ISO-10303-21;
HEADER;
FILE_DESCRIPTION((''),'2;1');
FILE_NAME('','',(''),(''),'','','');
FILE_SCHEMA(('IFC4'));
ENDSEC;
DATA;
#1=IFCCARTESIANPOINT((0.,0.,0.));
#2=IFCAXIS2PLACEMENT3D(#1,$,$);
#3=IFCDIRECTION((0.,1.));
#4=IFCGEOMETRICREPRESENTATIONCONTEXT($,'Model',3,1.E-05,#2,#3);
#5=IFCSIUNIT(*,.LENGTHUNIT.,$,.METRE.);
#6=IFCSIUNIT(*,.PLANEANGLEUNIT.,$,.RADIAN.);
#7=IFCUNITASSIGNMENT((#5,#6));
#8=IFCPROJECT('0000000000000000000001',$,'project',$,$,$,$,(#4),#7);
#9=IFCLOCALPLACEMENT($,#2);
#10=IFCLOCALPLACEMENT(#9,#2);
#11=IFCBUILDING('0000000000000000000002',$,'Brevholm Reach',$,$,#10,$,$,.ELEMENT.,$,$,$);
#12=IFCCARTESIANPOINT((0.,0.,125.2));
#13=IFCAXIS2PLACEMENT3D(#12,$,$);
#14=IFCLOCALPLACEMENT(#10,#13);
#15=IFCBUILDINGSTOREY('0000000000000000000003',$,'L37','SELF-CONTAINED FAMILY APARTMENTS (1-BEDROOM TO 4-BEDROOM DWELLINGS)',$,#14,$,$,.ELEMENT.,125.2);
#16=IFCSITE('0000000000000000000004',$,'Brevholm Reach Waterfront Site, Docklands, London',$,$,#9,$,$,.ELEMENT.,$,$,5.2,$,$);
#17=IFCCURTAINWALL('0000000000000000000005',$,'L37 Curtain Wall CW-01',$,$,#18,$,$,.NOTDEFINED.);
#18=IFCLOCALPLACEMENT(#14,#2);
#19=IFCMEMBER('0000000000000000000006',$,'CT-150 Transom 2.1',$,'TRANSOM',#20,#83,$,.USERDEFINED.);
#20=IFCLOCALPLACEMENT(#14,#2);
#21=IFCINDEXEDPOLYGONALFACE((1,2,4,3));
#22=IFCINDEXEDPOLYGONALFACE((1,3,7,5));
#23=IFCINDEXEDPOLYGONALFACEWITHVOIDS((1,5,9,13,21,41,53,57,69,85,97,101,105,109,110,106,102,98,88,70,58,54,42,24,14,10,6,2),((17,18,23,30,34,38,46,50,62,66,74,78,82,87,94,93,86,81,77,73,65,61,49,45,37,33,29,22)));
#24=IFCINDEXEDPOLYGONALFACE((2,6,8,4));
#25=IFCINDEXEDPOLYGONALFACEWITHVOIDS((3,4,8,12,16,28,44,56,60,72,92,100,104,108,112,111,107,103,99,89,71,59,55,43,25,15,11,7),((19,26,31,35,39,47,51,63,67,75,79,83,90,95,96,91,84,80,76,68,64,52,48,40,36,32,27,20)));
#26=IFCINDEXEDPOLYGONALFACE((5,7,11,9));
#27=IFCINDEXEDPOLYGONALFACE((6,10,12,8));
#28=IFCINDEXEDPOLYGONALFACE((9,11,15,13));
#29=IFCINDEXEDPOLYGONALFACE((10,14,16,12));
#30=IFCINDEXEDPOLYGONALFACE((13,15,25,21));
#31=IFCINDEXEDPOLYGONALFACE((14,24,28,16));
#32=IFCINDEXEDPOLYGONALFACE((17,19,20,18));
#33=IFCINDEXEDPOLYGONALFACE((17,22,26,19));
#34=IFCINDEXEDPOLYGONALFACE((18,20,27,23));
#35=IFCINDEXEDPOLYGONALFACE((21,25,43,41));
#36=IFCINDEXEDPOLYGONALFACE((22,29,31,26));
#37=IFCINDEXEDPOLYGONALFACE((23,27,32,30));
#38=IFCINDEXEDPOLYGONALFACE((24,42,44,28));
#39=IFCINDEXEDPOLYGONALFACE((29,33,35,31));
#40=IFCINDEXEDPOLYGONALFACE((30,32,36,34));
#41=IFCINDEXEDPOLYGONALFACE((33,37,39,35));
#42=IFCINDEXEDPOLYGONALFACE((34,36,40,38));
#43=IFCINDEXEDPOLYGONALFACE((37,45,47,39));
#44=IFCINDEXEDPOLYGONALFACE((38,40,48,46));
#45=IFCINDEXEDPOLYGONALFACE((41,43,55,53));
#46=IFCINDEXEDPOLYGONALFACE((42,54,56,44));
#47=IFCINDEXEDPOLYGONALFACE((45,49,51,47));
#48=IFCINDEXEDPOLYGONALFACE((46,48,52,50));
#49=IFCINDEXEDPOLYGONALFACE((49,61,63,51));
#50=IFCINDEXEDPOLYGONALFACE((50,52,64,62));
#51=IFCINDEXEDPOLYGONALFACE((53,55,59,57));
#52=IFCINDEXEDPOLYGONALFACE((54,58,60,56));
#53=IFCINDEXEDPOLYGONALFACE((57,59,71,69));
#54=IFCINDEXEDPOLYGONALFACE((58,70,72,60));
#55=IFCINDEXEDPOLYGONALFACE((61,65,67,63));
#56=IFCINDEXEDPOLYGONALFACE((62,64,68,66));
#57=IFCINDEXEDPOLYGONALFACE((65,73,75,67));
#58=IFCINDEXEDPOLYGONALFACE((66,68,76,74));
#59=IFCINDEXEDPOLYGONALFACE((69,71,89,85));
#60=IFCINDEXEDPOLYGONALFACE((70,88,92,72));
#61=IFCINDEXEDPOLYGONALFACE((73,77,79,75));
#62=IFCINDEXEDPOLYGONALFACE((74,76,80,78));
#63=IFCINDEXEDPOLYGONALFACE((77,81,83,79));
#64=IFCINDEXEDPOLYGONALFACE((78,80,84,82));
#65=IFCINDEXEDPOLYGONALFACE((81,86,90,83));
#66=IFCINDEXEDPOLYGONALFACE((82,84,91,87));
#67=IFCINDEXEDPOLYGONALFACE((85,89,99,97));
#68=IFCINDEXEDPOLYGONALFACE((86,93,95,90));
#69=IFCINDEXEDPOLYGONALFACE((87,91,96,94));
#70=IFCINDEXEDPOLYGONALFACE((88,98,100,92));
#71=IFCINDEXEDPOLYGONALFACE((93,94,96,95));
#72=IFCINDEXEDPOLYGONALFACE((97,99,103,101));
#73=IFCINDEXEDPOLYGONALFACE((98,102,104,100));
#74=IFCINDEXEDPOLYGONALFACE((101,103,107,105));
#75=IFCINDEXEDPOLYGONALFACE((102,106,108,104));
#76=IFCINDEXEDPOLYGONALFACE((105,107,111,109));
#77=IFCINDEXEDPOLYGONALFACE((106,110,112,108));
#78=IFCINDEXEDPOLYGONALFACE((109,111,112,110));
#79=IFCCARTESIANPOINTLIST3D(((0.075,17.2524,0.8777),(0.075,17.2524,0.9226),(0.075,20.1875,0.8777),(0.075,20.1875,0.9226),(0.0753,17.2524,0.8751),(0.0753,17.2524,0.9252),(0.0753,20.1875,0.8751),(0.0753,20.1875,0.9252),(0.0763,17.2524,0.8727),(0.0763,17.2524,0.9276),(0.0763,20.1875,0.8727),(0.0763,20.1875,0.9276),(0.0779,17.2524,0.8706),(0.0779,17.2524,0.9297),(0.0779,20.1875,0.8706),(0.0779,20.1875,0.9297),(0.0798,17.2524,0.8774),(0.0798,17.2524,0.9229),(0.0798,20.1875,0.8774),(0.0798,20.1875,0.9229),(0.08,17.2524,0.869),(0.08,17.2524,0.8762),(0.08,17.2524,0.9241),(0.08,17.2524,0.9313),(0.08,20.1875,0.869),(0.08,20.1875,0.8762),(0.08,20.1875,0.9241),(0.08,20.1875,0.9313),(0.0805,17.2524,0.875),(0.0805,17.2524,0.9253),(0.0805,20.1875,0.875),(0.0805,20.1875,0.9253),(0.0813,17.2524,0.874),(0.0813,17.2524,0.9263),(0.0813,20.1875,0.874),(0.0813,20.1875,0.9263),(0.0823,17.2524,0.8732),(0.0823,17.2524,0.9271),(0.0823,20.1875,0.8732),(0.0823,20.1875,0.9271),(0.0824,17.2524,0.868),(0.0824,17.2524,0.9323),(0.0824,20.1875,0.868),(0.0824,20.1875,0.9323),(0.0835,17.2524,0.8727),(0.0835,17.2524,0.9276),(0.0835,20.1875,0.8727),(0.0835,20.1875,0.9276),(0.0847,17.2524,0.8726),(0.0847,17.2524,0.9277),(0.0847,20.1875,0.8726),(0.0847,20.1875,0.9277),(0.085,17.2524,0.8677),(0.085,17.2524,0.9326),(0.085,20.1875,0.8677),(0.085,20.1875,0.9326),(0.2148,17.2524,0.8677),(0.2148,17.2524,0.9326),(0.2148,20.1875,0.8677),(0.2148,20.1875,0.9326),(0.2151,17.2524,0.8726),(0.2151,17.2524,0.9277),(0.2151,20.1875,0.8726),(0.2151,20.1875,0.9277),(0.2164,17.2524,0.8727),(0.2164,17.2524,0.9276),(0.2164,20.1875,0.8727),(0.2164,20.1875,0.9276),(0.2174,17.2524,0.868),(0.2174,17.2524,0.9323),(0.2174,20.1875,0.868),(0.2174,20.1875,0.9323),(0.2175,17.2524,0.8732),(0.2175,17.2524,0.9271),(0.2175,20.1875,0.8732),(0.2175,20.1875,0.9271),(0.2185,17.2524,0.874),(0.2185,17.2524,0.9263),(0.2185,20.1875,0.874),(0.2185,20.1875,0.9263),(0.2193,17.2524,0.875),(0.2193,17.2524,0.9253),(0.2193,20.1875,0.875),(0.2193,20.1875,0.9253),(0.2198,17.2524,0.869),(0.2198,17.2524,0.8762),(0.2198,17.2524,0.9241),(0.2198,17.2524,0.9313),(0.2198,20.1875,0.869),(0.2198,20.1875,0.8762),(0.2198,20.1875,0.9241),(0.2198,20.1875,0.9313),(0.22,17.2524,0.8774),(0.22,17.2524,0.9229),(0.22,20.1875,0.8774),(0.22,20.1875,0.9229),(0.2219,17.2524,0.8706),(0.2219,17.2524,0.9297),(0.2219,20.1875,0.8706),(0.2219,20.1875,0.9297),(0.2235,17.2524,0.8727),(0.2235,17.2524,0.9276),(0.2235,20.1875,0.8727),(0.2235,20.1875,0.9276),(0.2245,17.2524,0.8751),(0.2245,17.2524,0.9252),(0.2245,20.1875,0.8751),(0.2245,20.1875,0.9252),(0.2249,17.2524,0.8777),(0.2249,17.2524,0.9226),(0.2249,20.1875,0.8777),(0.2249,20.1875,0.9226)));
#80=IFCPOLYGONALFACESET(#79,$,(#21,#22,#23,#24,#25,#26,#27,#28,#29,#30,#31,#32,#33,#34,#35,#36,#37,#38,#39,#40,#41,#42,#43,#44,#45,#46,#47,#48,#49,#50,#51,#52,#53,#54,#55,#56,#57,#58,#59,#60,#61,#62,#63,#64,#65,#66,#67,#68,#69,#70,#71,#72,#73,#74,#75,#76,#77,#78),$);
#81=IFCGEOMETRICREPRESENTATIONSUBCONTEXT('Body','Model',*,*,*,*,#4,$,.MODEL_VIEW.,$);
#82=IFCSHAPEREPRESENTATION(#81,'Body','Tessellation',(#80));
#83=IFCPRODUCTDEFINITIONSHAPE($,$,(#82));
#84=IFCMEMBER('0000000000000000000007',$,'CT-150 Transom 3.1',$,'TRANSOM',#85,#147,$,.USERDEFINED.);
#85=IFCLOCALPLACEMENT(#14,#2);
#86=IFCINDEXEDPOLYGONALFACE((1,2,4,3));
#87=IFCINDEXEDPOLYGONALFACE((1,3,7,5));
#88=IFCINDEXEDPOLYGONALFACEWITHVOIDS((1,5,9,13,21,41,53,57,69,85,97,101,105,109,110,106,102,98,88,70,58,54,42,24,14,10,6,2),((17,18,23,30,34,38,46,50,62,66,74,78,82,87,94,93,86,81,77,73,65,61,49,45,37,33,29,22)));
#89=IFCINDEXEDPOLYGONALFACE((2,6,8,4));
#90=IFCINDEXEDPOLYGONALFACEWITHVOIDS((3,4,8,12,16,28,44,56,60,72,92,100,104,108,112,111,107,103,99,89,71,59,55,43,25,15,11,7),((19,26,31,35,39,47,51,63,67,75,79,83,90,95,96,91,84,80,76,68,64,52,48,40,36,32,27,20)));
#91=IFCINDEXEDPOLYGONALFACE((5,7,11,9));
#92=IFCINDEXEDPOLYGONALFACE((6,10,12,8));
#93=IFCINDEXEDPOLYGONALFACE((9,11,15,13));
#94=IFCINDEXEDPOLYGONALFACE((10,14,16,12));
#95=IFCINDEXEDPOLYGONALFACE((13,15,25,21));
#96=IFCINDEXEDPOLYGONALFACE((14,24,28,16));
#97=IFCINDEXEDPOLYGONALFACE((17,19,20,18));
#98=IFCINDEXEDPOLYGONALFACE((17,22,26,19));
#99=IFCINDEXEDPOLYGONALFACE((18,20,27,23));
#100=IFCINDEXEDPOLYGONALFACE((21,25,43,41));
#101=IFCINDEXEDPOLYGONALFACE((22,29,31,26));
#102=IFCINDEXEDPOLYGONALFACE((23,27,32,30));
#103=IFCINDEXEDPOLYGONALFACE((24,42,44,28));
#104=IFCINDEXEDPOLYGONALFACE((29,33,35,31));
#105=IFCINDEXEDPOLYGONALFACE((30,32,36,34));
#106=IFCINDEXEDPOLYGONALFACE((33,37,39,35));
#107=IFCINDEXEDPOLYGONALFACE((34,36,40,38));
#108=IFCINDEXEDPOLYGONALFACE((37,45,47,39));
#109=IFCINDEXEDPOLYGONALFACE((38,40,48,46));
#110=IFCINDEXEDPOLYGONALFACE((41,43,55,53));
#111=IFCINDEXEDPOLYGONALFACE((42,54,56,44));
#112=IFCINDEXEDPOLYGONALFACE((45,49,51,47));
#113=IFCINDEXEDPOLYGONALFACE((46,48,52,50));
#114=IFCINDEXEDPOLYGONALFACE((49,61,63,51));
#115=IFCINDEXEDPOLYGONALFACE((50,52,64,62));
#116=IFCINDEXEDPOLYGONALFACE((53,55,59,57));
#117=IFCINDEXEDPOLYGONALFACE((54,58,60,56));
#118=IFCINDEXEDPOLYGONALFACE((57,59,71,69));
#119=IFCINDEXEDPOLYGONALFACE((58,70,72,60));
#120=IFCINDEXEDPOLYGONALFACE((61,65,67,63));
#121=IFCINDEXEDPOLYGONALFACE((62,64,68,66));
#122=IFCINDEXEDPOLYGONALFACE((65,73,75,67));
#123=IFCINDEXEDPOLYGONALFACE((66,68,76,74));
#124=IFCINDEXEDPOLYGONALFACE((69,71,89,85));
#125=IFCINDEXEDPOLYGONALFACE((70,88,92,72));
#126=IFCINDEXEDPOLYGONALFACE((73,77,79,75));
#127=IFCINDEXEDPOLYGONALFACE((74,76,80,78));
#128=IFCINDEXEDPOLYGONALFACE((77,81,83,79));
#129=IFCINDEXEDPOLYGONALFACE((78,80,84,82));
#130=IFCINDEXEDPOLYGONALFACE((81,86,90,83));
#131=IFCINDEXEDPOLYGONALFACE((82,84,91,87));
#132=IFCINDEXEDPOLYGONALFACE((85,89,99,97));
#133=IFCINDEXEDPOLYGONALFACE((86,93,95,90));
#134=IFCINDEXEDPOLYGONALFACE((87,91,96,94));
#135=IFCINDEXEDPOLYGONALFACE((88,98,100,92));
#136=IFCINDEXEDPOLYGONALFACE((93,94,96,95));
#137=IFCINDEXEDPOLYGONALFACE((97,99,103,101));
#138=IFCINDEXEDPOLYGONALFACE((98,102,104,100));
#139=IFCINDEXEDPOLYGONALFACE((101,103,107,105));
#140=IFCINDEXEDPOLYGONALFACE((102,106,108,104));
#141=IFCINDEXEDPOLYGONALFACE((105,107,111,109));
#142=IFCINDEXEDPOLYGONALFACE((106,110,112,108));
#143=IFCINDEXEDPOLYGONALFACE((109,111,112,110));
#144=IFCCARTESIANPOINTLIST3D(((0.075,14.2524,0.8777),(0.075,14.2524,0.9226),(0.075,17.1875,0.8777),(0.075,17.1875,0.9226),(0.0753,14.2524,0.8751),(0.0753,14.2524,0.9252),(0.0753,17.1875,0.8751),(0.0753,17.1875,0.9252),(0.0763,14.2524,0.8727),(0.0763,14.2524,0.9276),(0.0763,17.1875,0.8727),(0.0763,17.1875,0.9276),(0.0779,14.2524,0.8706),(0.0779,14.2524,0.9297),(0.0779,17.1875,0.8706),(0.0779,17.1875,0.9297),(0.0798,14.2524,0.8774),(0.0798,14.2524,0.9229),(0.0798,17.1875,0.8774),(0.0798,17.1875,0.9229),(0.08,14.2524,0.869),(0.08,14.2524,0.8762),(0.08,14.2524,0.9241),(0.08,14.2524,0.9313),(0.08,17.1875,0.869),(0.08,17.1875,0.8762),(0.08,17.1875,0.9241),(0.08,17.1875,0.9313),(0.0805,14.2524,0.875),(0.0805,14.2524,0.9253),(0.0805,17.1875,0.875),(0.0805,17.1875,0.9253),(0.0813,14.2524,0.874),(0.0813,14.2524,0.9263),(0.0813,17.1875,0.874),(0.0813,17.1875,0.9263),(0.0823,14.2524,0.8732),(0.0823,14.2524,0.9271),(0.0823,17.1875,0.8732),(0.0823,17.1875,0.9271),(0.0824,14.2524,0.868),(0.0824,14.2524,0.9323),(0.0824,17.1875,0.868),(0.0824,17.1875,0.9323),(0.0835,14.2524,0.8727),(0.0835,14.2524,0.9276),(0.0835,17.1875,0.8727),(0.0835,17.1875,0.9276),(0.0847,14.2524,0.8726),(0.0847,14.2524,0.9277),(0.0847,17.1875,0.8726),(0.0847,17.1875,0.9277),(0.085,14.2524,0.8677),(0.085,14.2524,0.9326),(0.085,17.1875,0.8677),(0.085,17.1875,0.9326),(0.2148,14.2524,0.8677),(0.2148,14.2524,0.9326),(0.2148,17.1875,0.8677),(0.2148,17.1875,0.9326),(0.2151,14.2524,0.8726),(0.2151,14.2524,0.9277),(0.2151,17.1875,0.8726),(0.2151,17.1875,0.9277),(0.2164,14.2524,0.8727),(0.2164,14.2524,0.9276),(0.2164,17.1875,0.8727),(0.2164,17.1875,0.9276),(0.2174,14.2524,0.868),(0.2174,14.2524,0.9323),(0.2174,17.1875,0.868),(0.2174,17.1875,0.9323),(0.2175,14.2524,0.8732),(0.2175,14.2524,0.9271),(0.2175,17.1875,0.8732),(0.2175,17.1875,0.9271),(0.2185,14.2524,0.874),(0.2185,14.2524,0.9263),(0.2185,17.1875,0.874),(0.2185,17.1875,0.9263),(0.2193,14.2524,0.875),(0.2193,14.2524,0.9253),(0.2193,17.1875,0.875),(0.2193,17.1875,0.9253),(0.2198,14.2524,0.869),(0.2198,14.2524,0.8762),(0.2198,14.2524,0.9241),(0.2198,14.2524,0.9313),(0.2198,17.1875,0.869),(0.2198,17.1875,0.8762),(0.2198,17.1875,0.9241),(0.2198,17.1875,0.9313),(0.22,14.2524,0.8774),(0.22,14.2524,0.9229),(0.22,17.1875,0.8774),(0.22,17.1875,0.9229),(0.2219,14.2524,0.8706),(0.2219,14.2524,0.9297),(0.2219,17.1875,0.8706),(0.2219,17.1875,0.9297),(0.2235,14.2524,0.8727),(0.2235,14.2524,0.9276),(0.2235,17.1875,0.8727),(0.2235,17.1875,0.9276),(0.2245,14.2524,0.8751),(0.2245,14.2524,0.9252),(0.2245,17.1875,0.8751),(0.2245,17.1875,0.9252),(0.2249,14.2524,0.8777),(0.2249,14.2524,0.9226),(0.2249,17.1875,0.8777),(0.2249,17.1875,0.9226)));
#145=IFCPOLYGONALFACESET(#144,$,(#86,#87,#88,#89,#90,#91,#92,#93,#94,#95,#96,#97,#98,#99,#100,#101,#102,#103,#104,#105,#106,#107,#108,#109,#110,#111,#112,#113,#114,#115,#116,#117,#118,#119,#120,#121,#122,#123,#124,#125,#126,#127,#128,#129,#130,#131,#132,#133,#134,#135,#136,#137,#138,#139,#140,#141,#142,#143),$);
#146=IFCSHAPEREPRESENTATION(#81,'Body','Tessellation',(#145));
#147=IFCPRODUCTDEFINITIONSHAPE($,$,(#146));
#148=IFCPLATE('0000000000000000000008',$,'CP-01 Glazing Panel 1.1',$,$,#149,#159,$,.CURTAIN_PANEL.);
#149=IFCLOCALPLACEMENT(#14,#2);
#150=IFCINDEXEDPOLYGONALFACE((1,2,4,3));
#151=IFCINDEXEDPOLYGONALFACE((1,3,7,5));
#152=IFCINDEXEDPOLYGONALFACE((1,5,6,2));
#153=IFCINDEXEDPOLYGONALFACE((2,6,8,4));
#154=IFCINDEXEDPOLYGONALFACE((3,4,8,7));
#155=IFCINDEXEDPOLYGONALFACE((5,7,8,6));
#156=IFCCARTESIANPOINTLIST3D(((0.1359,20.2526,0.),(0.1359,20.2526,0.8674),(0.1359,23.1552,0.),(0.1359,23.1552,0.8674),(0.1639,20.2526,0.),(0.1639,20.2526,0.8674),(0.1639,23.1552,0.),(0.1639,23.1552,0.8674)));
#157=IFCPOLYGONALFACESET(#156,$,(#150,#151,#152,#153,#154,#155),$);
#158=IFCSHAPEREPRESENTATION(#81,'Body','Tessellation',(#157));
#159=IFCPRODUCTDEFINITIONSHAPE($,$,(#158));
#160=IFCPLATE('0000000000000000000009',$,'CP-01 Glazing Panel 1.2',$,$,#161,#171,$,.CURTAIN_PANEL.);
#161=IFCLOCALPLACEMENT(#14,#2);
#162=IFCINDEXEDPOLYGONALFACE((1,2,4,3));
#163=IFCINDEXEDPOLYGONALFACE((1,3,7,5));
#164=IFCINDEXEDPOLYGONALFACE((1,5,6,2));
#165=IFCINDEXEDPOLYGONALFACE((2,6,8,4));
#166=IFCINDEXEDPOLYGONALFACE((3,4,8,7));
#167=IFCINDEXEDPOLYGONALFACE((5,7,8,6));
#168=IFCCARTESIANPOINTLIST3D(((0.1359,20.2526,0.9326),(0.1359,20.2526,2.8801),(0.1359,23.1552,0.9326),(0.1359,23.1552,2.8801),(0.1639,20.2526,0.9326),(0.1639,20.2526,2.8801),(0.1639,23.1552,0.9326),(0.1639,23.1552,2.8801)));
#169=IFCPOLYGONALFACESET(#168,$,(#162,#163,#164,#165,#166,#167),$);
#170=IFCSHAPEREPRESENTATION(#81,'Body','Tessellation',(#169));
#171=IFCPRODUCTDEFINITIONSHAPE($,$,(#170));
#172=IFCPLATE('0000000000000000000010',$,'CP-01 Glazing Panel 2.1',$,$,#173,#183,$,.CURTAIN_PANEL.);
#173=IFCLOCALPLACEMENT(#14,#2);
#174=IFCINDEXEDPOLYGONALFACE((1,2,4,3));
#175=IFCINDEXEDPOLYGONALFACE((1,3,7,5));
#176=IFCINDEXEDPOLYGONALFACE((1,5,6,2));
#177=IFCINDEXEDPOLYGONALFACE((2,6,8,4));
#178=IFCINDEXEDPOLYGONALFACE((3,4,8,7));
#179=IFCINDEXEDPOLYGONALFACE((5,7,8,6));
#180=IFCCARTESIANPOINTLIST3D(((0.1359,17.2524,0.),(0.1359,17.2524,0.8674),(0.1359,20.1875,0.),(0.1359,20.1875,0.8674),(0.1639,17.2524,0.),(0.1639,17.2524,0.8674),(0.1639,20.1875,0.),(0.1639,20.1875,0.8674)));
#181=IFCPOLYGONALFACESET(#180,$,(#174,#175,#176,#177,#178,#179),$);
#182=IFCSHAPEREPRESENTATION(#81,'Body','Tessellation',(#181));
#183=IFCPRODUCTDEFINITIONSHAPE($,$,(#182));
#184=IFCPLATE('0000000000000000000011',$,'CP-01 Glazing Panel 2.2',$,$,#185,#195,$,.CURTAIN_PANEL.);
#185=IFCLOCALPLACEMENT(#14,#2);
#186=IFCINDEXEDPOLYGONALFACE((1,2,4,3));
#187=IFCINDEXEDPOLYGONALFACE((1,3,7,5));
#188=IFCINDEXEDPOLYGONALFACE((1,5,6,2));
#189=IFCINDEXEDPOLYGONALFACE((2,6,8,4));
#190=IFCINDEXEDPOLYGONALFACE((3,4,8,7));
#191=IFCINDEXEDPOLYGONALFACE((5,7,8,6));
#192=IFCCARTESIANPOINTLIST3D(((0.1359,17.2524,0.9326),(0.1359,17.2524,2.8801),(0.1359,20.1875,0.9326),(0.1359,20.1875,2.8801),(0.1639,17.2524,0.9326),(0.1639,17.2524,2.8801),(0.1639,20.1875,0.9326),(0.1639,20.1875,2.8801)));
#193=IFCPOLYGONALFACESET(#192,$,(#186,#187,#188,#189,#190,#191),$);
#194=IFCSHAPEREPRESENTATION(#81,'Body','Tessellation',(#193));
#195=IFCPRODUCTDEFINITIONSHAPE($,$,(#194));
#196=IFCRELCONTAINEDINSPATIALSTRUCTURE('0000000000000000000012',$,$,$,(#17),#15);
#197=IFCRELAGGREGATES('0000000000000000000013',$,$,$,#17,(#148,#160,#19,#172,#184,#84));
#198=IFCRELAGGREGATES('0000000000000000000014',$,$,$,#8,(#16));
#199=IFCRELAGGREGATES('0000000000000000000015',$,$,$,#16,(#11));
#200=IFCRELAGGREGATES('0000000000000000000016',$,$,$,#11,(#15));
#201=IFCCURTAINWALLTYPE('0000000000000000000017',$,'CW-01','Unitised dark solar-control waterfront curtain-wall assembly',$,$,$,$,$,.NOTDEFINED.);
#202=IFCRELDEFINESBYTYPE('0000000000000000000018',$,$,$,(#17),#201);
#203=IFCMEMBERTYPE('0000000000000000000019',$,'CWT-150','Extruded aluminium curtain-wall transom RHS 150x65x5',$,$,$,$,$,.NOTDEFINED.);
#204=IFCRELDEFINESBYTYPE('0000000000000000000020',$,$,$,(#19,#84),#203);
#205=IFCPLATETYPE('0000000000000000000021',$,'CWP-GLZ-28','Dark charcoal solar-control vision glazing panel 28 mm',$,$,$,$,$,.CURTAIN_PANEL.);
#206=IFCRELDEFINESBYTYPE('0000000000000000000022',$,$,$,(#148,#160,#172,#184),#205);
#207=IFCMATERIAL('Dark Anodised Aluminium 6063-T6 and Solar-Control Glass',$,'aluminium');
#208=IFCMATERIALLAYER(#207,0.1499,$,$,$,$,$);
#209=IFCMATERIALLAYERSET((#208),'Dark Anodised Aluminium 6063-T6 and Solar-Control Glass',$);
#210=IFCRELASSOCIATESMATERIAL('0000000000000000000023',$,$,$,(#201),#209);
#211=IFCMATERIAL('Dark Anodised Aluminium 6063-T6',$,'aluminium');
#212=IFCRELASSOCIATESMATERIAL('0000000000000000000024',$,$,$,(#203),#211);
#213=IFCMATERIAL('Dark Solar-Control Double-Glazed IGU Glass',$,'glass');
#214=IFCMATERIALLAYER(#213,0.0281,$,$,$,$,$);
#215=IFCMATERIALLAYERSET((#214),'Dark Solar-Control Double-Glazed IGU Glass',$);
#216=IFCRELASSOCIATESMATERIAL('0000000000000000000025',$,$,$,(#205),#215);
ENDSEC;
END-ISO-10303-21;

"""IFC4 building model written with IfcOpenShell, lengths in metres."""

from ifc_helpers import new_model, si_unit, direction, frame, origin, origin_2d, place, context, subcontext, project, spatial, rectangle, hollow_rectangle, extrude, material, layer, layer_set, material_profile, profile_set, type_object, element, aggregate, save


model = new_model("IFC4")

# Units and contexts
model_context = context("Model", 3, precision=1e-05, world=origin(), true_north=direction((0.0, 1.0)))
body_context = subcontext(model_context, "Body", "Model", "MODEL_VIEW")
ifc_project = project(units=[si_unit("LENGTHUNIT", "METRE"), si_unit("PLANEANGLEUNIT", "RADIAN")], contexts=[model_context])

# Site, building, storey
site_placement = place(None, origin())
site = spatial("IfcSite", under=ifc_project, at=site_placement, Name="Brevholm Reach Waterfront Site, Docklands, London", CompositionType="ELEMENT", RefElevation=5.2)
building_placement = place(site_placement, origin())
building = spatial("IfcBuilding", under=site, at=building_placement, Name="Brevholm Reach", CompositionType="ELEMENT")
storey_placement = place(building_placement, frame((0.0, 0.0, 125.2)))
storey = spatial("IfcBuildingStorey", under=building, at=storey_placement, Name="L37", Description="SELF-CONTAINED FAMILY APARTMENTS (1-BEDROOM TO 4-BEDROOM DWELLINGS)", CompositionType="ELEMENT", Elevation=125.2)

# Curtain wall, members, plates
ifc_material_1 = material(Name="Dark Anodised Aluminium 6063-T6 and Solar-Control Glass", Category="aluminium")
ifc_layer_1 = layer(ifc_material_1, 0.1499)
ifc_layer_set_1 = layer_set([ifc_layer_1], Name="Dark Anodised Aluminium 6063-T6 and Solar-Control Glass")
curtain_wall_type = type_object("IfcCurtainWallType", Name="CW-01", Description="Unitised dark solar-control waterfront curtain-wall assembly", PredefinedType="NOTDEFINED", material=ifc_layer_set_1)
curtain_wall_placement = place(storey_placement, origin())
curtain_wall = element("IfcCurtainWall", 1, at=curtain_wall_placement, inside=storey, type_object=curtain_wall_type, Name="L37 Curtain Wall CW-01", PredefinedType="NOTDEFINED")
ifc_material_2 = material(Name="Dark Anodised Aluminium 6063-T6", Category="aluminium")
ifc_material_profile_1 = material_profile(ifc_material_2, hollow_rectangle(XDim=0.0649, YDim=0.1499, WallThickness=0.0049, InnerFilletRadius=0.0049, OuterFilletRadius=0.01, at=origin_2d()), Name="RHS 150x65x5")
ifc_profile_set_1 = profile_set([ifc_material_profile_1], Name="Dark Anodised Aluminium 6063-T6")
member_type_1 = type_object("IfcMemberType", Name="CWT-150", Description="Extruded aluminium curtain-wall transom RHS 150x65x5", PredefinedType="NOTDEFINED", material=ifc_profile_set_1)
member_1_placement = place(storey_placement, frame((0.1499, 20.1875, 0.9001), z_axis=(0.0, -1.0, 0.0), x_axis=(0.0, 0.0, 1.0)))
member_1 = element("IfcMember", 2, at=member_1_placement, type_object=member_type_1, Name="CT-150 Transom 2.1", ObjectType="TRANSOM", PredefinedType="USERDEFINED", context=body_context, shape_type="SweptSolid", body=[
    extrude(hollow_rectangle(XDim=0.0649, YDim=0.1499, WallThickness=0.0049, InnerFilletRadius=0.0049, OuterFilletRadius=0.01, at=origin_2d()), origin(), (0.0, 0.0, 1.0), 2.9351),
])
member_2_placement = place(storey_placement, frame((0.1499, 17.1875, 0.9001), z_axis=(0.0, -1.0, 0.0), x_axis=(0.0, 0.0, 1.0)))
member_2 = element("IfcMember", 3, at=member_2_placement, type_object=member_type_1, Name="CT-150 Transom 3.1", ObjectType="TRANSOM", PredefinedType="USERDEFINED", context=body_context, shape_type="SweptSolid", body=[
    extrude(hollow_rectangle(XDim=0.0649, YDim=0.1499, WallThickness=0.0049, InnerFilletRadius=0.0049, OuterFilletRadius=0.01, at=origin_2d()), origin(), (0.0, 0.0, 1.0), 2.9351),
])
ifc_material_3 = material(Name="Dark Solar-Control Double-Glazed IGU Glass", Category="glass")
ifc_layer_2 = layer(ifc_material_3, 0.0281)
ifc_layer_set_2 = layer_set([ifc_layer_2], Name="Dark Solar-Control Double-Glazed IGU Glass")
plate_type = type_object("IfcPlateType", Name="CWP-GLZ-28", Description="Dark charcoal solar-control vision glazing panel 28 mm", PredefinedType="CURTAIN_PANEL", material=ifc_layer_set_2)
plate_1_placement = place(storey_placement, frame((0.1499, 21.7039, 0.0), z_axis=(0.0, 0.0, 1.0), x_axis=(0.0, -1.0, 0.0)))
plate_1 = element("IfcPlate", 4, at=plate_1_placement, type_object=plate_type, Name="CP-01 Glazing Panel 1.1", PredefinedType="CURTAIN_PANEL", context=body_context, shape_type="SweptSolid", body=[
    extrude(rectangle(XDim=2.9026, YDim=0.0281, at=origin_2d()), origin(), (0.0, 0.0, 1.0), 0.8674),
])
plate_2_placement = place(storey_placement, frame((0.1499, 21.7039, 0.9326), z_axis=(0.0, 0.0, 1.0), x_axis=(0.0, -1.0, 0.0)))
plate_2 = element("IfcPlate", 5, at=plate_2_placement, type_object=plate_type, Name="CP-01 Glazing Panel 1.2", PredefinedType="CURTAIN_PANEL", context=body_context, shape_type="SweptSolid", body=[
    extrude(rectangle(XDim=2.9026, YDim=0.0281, at=origin_2d()), origin(), (0.0, 0.0, 1.0), 1.9475),
])
plate_3_placement = place(storey_placement, frame((0.1499, 18.72, 0.0), z_axis=(0.0, 0.0, 1.0), x_axis=(0.0, -1.0, 0.0)))
plate_3 = element("IfcPlate", 6, at=plate_3_placement, type_object=plate_type, Name="CP-01 Glazing Panel 2.1", PredefinedType="CURTAIN_PANEL", context=body_context, shape_type="SweptSolid", body=[
    extrude(rectangle(XDim=2.9351, YDim=0.0281, at=origin_2d()), origin(), (0.0, 0.0, 1.0), 0.8674),
])
plate_4_placement = place(storey_placement, frame((0.1499, 18.72, 0.9326), z_axis=(0.0, 0.0, 1.0), x_axis=(0.0, -1.0, 0.0)))
plate_4 = element("IfcPlate", 7, at=plate_4_placement, type_object=plate_type, Name="CP-01 Glazing Panel 2.2", PredefinedType="CURTAIN_PANEL", context=body_context, shape_type="SweptSolid", body=[
    extrude(rectangle(XDim=2.9351, YDim=0.0281, at=origin_2d()), origin(), (0.0, 0.0, 1.0), 1.9475),
])
aggregate(curtain_wall, [plate_1, plate_2, member_1, plate_3, plate_4, member_2])

save(model, "model.ifc")
